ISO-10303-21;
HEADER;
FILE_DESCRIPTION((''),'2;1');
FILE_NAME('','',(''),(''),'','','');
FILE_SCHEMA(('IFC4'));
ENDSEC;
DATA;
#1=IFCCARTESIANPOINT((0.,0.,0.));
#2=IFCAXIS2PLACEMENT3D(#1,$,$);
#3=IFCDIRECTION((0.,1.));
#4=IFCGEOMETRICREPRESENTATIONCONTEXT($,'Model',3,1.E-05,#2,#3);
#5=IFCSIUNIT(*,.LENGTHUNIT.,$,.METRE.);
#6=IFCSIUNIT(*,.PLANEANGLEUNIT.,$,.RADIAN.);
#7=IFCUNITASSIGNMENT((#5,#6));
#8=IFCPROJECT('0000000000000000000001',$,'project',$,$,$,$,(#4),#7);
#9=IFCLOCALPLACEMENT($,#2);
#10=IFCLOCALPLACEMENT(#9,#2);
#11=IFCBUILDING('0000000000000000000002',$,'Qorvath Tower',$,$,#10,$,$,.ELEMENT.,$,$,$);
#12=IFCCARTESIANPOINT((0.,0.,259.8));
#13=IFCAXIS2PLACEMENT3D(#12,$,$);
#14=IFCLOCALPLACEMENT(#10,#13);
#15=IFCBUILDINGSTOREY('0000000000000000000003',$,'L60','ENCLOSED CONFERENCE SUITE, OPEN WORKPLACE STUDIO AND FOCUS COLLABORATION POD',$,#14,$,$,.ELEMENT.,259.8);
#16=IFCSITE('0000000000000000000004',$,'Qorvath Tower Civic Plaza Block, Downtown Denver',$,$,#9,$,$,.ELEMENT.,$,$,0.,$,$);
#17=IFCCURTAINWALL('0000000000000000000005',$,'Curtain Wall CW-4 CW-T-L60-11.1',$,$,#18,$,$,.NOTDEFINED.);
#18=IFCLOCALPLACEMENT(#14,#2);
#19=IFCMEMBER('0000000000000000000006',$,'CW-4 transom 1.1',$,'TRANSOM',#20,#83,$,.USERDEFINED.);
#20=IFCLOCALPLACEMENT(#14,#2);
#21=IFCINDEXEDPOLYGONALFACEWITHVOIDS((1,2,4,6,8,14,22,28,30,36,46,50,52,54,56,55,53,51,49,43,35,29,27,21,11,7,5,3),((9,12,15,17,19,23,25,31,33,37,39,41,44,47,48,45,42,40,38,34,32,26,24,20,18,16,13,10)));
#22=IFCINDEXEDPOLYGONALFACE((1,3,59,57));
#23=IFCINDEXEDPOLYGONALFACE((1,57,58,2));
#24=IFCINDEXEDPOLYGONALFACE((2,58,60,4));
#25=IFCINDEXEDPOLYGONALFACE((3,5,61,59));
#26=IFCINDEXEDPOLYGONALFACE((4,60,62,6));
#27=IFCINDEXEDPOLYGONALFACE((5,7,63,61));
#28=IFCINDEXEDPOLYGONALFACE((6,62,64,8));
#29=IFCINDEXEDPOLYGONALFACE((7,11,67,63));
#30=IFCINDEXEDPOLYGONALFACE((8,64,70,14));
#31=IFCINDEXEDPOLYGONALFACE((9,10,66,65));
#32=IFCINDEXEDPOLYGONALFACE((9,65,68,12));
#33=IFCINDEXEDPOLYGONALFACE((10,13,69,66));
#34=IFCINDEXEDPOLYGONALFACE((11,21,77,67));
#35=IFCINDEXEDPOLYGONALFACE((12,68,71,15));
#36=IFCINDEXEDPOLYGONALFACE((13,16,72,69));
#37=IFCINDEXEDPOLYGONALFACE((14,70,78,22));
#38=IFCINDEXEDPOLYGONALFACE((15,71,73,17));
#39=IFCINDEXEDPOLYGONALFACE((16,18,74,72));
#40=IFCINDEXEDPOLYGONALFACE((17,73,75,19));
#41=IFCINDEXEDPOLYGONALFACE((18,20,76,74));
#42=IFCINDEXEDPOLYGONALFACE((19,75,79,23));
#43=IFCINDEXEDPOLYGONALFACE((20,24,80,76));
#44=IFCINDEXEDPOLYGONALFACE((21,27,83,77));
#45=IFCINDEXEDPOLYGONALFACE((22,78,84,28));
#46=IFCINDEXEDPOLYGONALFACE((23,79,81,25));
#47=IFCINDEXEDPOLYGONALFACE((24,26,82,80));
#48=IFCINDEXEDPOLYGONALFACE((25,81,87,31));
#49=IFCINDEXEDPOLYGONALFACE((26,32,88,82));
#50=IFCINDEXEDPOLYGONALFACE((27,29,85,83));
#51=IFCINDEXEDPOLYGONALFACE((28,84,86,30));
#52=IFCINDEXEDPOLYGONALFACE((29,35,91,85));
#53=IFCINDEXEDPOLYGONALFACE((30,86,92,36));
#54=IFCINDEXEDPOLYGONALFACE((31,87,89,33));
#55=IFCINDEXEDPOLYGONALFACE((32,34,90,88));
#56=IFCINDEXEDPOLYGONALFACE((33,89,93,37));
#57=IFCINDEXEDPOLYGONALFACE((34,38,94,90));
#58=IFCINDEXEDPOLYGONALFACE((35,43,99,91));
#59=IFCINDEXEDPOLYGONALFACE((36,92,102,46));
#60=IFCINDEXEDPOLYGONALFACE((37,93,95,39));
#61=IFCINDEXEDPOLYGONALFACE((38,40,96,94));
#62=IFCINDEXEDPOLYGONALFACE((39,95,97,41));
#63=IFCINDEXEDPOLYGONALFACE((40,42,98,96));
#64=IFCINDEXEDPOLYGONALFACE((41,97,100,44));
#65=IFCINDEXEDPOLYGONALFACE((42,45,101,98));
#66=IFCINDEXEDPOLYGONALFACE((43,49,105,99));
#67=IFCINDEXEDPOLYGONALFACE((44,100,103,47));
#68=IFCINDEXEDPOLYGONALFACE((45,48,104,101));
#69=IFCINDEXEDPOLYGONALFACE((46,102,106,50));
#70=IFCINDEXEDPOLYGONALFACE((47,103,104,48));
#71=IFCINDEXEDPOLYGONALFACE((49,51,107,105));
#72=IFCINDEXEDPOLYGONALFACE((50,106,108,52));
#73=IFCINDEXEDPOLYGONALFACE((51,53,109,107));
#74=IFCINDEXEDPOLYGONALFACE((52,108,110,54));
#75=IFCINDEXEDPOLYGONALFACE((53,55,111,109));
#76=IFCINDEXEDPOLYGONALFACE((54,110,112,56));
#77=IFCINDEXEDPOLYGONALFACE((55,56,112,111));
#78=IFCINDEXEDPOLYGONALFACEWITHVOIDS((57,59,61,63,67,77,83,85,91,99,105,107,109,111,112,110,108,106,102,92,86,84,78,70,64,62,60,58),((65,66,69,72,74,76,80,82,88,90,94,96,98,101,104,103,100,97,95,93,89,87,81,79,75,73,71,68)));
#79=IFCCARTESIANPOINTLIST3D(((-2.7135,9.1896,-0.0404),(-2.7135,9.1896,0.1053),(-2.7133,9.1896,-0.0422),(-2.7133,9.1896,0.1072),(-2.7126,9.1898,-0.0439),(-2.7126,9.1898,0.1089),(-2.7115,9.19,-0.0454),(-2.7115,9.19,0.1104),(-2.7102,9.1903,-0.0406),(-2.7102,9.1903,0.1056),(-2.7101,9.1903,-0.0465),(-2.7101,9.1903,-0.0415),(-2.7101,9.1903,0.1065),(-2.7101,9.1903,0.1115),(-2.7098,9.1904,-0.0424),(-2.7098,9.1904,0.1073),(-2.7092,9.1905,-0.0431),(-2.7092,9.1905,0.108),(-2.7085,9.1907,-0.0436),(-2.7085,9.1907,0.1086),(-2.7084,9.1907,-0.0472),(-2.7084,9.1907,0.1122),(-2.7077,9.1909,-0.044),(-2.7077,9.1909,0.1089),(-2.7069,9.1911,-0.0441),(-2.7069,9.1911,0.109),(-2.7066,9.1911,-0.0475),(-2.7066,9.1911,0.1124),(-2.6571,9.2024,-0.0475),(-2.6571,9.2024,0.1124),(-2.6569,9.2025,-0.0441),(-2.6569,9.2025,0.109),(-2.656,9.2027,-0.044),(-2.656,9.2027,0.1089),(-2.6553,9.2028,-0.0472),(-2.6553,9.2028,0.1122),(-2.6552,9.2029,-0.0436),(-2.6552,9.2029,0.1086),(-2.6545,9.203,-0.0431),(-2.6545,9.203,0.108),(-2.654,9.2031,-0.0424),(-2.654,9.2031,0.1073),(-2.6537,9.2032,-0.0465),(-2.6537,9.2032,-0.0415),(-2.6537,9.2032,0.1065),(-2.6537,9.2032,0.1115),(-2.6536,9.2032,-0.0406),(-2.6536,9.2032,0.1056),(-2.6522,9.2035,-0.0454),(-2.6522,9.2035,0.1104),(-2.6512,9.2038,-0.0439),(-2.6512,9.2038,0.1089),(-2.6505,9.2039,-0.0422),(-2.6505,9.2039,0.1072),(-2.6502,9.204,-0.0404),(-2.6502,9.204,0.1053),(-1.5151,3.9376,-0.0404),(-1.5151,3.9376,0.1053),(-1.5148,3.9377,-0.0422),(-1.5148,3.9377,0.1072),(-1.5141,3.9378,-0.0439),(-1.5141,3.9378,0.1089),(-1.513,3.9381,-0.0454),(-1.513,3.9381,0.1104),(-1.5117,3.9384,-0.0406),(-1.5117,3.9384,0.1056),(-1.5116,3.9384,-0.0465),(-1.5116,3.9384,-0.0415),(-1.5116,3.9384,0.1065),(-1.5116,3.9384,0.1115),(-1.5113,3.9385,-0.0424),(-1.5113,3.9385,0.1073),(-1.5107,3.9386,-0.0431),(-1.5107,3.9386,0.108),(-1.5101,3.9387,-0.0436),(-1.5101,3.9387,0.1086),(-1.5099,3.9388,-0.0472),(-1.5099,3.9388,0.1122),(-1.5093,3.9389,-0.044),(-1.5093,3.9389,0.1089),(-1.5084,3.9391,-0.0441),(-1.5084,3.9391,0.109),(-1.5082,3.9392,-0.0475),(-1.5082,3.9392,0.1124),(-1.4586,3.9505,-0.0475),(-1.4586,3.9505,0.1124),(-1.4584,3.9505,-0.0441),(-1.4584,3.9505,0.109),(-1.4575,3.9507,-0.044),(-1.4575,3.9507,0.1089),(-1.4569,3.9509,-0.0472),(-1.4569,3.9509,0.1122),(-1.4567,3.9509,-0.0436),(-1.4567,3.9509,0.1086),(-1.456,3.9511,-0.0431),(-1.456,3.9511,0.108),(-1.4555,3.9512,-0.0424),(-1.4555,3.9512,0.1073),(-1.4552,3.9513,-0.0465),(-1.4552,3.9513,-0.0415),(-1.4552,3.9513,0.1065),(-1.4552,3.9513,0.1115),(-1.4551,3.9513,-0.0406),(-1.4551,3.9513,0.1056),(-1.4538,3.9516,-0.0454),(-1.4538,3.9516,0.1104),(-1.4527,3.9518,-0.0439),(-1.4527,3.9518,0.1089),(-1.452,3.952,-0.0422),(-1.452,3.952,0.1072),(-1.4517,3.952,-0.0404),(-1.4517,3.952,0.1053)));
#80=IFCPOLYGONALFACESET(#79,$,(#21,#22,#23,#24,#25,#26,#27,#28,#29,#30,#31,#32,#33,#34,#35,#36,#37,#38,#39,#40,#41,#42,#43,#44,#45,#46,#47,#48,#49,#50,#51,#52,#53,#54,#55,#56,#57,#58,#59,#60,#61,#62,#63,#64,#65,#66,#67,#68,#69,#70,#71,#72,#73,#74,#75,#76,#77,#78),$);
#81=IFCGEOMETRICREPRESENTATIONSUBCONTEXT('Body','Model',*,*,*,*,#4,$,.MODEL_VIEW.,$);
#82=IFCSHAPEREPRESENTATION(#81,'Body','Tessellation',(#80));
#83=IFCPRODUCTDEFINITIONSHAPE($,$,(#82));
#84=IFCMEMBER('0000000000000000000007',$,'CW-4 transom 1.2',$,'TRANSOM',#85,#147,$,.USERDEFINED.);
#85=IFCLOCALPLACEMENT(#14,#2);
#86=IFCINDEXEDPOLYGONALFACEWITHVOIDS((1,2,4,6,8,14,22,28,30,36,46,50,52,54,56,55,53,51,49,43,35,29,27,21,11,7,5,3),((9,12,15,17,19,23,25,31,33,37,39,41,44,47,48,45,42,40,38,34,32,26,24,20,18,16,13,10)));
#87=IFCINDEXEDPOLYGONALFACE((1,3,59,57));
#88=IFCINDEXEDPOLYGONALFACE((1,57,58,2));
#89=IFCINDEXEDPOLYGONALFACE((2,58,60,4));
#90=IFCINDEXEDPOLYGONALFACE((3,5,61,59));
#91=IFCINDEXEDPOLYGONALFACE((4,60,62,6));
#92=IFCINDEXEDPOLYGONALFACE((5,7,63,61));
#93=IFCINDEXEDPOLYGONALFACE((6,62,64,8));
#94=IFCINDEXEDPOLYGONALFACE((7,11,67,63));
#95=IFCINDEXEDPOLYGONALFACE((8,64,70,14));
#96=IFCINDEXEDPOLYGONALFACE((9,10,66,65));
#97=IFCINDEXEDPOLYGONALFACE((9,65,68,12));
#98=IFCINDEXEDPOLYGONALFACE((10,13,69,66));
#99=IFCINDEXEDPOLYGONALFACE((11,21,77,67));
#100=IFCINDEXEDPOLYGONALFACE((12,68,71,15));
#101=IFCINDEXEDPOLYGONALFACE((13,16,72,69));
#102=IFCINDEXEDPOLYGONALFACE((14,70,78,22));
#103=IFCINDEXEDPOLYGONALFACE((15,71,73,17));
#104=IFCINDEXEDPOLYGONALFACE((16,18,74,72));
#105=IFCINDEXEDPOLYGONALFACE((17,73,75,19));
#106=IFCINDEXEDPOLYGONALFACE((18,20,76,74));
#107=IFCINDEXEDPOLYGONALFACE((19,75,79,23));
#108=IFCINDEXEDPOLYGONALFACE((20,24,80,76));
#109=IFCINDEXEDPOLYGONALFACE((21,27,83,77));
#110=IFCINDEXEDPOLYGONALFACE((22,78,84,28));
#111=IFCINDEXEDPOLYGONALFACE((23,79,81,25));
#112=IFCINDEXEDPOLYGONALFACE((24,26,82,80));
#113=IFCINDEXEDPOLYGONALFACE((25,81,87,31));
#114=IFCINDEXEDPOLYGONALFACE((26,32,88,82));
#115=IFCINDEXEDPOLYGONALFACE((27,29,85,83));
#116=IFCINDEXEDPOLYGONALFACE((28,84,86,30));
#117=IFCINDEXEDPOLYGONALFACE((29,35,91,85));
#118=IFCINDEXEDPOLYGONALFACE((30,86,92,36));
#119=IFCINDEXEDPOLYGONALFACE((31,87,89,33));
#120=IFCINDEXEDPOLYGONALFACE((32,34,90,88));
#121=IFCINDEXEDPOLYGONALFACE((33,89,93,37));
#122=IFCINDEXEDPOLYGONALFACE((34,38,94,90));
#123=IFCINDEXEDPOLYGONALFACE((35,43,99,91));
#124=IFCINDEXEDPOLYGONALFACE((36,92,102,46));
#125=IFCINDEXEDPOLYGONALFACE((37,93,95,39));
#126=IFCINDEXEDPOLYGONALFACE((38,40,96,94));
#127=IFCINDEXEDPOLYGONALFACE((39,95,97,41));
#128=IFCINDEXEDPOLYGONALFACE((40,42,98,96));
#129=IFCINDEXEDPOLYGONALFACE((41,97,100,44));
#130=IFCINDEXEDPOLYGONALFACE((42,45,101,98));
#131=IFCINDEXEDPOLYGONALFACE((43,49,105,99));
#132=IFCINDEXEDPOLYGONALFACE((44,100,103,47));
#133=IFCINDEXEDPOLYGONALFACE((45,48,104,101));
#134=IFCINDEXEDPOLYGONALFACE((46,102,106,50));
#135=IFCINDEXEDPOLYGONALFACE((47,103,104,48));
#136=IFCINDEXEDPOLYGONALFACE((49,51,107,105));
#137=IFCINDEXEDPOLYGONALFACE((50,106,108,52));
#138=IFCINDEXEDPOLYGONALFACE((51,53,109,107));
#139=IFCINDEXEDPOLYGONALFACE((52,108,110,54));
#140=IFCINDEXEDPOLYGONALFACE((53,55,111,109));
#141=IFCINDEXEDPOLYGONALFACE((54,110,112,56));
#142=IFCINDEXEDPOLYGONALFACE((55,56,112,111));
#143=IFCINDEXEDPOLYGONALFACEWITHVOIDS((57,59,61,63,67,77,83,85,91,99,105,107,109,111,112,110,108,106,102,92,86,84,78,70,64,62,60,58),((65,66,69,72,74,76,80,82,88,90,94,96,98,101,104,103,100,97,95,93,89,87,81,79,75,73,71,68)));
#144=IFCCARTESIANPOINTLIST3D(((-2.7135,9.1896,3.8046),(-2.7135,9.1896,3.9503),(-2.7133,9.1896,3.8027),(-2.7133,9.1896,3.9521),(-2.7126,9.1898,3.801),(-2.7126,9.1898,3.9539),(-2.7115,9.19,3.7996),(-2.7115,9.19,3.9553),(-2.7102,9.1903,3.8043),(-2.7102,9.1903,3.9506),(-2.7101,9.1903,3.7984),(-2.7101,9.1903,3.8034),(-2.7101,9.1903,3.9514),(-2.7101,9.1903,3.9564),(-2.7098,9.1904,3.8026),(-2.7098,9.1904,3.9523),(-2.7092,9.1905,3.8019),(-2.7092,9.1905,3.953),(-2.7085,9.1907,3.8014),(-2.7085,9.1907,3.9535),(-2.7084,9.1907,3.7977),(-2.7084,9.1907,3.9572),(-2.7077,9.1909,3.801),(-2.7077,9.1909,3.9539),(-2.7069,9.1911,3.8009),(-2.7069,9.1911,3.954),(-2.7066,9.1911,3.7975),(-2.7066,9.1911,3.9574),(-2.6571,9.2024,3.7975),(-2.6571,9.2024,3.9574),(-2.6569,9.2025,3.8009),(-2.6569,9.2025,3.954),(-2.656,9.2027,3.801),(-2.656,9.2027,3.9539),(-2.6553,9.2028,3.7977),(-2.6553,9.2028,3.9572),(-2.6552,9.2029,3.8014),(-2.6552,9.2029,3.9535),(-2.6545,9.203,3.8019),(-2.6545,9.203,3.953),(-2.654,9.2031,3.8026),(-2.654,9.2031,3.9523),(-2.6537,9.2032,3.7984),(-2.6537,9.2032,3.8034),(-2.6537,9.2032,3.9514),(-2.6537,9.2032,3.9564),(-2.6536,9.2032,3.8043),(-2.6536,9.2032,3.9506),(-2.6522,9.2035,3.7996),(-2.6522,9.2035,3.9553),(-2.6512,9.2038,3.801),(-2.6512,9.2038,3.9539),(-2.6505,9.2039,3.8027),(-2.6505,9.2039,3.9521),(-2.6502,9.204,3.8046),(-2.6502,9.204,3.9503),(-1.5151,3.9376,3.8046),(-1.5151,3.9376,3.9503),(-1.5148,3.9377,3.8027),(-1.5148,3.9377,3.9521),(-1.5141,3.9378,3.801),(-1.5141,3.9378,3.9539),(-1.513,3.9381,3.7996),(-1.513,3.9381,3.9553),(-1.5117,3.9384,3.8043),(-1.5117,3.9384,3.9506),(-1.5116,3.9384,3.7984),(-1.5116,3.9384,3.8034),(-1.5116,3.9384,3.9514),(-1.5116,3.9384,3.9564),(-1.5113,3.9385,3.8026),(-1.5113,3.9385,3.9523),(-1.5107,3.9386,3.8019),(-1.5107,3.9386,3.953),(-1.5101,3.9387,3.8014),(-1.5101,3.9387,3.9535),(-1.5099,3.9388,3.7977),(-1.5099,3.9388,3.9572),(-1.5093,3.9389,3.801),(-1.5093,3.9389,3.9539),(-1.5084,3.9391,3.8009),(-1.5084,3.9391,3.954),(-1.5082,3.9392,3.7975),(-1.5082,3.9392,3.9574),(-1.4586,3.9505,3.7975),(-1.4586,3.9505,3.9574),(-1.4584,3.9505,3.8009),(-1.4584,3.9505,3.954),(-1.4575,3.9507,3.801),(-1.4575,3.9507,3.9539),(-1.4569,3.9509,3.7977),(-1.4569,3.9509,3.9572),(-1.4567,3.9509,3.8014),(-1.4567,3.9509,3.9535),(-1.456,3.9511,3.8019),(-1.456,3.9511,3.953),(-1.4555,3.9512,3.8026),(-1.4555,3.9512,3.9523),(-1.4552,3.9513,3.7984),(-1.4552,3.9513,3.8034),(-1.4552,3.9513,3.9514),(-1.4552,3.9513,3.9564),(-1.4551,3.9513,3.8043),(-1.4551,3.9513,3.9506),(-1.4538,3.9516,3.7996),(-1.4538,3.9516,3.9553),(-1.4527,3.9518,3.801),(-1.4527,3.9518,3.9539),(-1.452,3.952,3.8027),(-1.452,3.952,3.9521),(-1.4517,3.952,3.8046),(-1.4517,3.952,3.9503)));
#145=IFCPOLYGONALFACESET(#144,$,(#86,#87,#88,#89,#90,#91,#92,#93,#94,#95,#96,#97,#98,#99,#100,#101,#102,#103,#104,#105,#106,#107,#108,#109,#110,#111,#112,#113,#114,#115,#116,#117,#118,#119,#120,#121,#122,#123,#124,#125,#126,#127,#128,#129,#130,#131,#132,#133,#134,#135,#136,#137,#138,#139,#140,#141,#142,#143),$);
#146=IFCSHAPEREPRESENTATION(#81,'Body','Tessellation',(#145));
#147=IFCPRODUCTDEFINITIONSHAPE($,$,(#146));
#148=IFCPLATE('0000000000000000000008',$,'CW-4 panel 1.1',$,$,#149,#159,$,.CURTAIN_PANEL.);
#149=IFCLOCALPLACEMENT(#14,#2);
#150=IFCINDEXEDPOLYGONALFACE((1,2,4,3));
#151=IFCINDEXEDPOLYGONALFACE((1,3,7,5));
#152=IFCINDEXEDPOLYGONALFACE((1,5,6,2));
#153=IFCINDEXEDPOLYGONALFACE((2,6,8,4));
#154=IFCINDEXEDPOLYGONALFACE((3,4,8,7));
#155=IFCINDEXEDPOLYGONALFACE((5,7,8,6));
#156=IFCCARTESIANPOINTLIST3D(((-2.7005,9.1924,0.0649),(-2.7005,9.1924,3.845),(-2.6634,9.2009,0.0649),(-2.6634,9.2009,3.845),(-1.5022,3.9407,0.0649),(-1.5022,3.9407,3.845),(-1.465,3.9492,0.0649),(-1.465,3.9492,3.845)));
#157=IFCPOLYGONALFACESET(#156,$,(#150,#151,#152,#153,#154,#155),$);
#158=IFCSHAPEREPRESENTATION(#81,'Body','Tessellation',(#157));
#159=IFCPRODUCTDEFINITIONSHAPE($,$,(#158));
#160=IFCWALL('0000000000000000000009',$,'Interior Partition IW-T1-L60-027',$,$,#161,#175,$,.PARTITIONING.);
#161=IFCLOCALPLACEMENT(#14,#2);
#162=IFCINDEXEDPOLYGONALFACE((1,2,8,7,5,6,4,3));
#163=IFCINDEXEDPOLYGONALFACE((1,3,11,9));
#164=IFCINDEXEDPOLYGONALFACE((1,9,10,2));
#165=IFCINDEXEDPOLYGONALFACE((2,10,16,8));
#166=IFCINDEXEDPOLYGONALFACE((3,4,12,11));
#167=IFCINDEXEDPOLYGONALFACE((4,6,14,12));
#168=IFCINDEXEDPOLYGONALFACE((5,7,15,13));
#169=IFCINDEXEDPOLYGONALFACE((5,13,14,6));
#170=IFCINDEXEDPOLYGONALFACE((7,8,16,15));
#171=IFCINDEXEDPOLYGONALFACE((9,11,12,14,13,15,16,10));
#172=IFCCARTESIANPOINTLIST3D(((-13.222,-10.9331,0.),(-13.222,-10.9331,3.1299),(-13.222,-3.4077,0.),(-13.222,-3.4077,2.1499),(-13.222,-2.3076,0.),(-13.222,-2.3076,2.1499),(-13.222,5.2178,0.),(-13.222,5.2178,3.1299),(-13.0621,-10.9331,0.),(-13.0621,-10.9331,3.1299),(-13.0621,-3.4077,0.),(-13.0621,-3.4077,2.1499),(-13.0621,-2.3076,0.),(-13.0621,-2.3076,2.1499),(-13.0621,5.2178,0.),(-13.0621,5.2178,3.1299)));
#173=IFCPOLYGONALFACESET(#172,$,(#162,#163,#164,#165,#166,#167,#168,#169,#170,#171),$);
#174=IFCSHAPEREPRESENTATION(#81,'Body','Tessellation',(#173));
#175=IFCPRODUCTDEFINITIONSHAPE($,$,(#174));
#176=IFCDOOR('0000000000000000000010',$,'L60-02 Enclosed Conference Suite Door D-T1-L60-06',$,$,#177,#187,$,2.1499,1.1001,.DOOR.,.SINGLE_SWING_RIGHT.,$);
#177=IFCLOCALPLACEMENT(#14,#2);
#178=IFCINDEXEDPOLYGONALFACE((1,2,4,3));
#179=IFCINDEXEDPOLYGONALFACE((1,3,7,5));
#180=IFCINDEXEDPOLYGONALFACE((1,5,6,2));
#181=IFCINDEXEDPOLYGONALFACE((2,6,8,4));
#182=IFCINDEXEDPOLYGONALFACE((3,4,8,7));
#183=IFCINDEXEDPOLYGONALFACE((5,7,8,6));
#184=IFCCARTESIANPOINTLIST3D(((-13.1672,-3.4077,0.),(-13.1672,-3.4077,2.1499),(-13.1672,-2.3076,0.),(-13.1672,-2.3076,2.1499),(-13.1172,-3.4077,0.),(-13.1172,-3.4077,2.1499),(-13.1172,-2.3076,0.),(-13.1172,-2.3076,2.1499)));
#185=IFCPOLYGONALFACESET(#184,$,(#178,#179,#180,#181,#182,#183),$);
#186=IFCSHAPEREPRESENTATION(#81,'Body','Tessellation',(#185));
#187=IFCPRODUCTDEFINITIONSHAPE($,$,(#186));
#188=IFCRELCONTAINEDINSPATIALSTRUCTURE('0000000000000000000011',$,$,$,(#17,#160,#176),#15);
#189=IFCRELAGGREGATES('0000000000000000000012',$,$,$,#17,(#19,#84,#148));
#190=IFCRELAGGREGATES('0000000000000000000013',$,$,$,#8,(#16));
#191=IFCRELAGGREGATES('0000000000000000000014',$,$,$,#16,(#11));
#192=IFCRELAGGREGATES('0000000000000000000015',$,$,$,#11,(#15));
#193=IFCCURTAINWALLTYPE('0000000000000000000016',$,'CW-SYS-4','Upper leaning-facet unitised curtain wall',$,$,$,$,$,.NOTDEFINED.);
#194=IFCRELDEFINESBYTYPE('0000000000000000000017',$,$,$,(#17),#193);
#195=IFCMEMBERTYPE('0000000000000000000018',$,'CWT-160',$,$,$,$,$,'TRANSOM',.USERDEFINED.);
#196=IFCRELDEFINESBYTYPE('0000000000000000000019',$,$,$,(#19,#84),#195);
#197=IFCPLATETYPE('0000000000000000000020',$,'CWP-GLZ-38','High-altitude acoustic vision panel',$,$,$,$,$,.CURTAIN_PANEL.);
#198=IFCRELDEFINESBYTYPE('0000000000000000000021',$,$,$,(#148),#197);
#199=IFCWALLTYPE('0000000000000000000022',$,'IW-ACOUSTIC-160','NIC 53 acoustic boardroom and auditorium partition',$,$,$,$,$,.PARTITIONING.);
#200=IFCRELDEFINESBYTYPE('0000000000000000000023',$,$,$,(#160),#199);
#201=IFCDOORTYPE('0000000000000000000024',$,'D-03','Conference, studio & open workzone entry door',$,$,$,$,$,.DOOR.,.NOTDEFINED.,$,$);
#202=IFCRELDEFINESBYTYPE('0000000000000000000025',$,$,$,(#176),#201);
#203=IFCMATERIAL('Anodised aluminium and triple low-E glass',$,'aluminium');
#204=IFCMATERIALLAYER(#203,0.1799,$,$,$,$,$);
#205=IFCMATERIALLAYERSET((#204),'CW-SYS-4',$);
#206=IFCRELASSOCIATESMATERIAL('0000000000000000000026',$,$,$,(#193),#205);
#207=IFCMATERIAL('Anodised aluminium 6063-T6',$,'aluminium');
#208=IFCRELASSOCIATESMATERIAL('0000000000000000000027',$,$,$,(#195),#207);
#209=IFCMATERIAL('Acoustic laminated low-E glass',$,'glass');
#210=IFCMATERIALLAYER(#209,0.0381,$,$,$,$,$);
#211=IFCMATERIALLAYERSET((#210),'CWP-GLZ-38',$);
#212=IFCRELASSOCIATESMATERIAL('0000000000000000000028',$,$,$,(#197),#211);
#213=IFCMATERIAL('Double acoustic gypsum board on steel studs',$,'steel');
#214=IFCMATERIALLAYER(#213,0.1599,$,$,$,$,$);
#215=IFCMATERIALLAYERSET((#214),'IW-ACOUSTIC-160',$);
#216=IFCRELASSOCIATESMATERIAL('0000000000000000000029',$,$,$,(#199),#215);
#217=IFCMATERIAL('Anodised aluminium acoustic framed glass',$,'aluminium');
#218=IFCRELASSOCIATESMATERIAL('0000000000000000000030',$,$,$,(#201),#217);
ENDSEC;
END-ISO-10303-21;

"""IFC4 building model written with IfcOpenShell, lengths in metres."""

from ifc_helpers import new_model, si_unit, direction, frame, frame_2d, origin, origin_2d, place, context, subcontext, project, spatial, rectangle, hollow_rectangle, extrude, material, layer, layer_set, material_profile, profile_set, type_object, element, fill, aggregate, save


model = new_model("IFC4")

# Units and contexts
model_context = context("Model", 3, precision=1e-05, world=origin(), true_north=direction((0.0, 1.0)))
body_context = subcontext(model_context, "Body", "Model", "MODEL_VIEW")
ifc_project = project(units=[si_unit("LENGTHUNIT", "METRE"), si_unit("PLANEANGLEUNIT", "RADIAN")], contexts=[model_context])

# Site, building, storey
site_placement = place(None, origin())
site = spatial("IfcSite", under=ifc_project, at=site_placement, Name="Qorvath Tower Civic Plaza Block, Downtown Denver", CompositionType="ELEMENT", RefElevation=0.0)
building_placement = place(site_placement, origin())
building = spatial("IfcBuilding", under=site, at=building_placement, Name="Qorvath Tower", CompositionType="ELEMENT")
storey_placement = place(building_placement, frame((0.0, 0.0, 259.8)))
storey = spatial("IfcBuildingStorey", under=building, at=storey_placement, Name="L60", Description="ENCLOSED CONFERENCE SUITE, OPEN WORKPLACE STUDIO AND FOCUS COLLABORATION POD", CompositionType="ELEMENT", Elevation=259.8)

# Shared definitions
ifc_material_1 = material(Name="Anodised aluminium and triple low-E glass", Category="aluminium")
ifc_layer_1 = layer(ifc_material_1, 0.1799)
ifc_layer_set_1 = layer_set([ifc_layer_1], Name="CW-SYS-4")
curtain_wall_type = type_object("IfcCurtainWallType", Name="CW-SYS-4", Description="Upper leaning-facet unitised curtain wall", PredefinedType="NOTDEFINED", material=ifc_layer_set_1)

# Curtain wall, members, plate
curtain_wall_1_placement = place(storey_placement, origin())
curtain_wall_1 = element("IfcCurtainWall", 1, at=curtain_wall_1_placement, inside=storey, type_object=curtain_wall_type, Name="Curtain Wall CW-4 CW-T-L60-11.1", PredefinedType="NOTDEFINED")
ifc_material_2 = material(Name="Anodised aluminium 6063-T6", Category="aluminium")
ifc_material_profile_1 = material_profile(ifc_material_2, hollow_rectangle(XDim=0.0649, YDim=0.1599, WallThickness=0.0034, InnerFilletRadius=0.0034, OuterFilletRadius=0.0071, at=origin_2d()), Name="CWT 160x65")
ifc_profile_set_1 = profile_set([ifc_material_profile_1], Name="Anodised aluminium 6063-T6")
member_type_1 = type_object("IfcMemberType", Name="CWT-160", ElementType="TRANSOM", PredefinedType="USERDEFINED", material=ifc_profile_set_1)
member_1_placement = place(storey_placement, frame((-1.4834, 3.9448, 0.0325), z_axis=(-0.222479, 0.974937, 0.0), x_axis=(-0.974937, -0.222479, 0.0)))
member_1 = element("IfcMember", 2, at=member_1_placement, type_object=member_type_1, Name="CW-4 transom 1.1", ObjectType="TRANSOM", PredefinedType="USERDEFINED", context=body_context, shape_type="SweptSolid", body=[
    extrude(hollow_rectangle(XDim=0.0649, YDim=0.1599, WallThickness=0.0034, InnerFilletRadius=0.0034, OuterFilletRadius=0.0071, at=origin_2d()), origin(), (0.0, 0.0, 1.0), 5.387),
])
member_2_placement = place(storey_placement, frame((-1.4834, 3.9448, 3.8774), z_axis=(-0.222479, 0.974937, 0.0), x_axis=(-0.974937, -0.222479, 0.0)))
member_2 = element("IfcMember", 3, at=member_2_placement, type_object=member_type_1, Name="CW-4 transom 1.2", ObjectType="TRANSOM", PredefinedType="USERDEFINED", context=body_context, shape_type="SweptSolid", body=[
    extrude(hollow_rectangle(XDim=0.0649, YDim=0.1599, WallThickness=0.0034, InnerFilletRadius=0.0034, OuterFilletRadius=0.0071, at=origin_2d()), origin(), (0.0, 0.0, 1.0), 5.387),
])
ifc_material_3 = material(Name="Acoustic laminated low-E glass", Category="glass")
ifc_layer_2 = layer(ifc_material_3, 0.0381)
ifc_layer_set_2 = layer_set([ifc_layer_2], Name="CWP-GLZ-38")
plate_type = type_object("IfcPlateType", Name="CWP-GLZ-38", Description="High-altitude acoustic vision panel", PredefinedType="CURTAIN_PANEL", material=ifc_layer_set_2)
plate_placement = place(storey_placement, frame((-2.0828, 6.5708, 0.0649), z_axis=(0.0, 0.0, 1.0), x_axis=(-0.222459, 0.974942, 0.0)))
plate = element("IfcPlate", 4, at=plate_placement, type_object=plate_type, Name="CW-4 panel 1.1", PredefinedType="CURTAIN_PANEL", context=body_context, shape_type="SweptSolid", body=[
    extrude(rectangle(XDim=5.3867, YDim=0.0381, at=origin_2d()), origin(), (0.0, 0.0, 1.0), 3.78),
])
aggregate(curtain_wall_1, [member_1, member_2, plate])

# Wall, opening, door
ifc_material_4 = material(Name="Double acoustic gypsum board on steel studs", Category="steel")
ifc_layer_3 = layer(ifc_material_4, 0.1599)
ifc_layer_set_3 = layer_set([ifc_layer_3], Name="IW-ACOUSTIC-160")
wall_type_1 = type_object("IfcWallType", Name="IW-ACOUSTIC-160", Description="NIC 53 acoustic boardroom and auditorium partition", PredefinedType="PARTITIONING", material=ifc_layer_set_3)
wall_1_placement = place(storey_placement, frame((-13.1421, 5.2178, 0.0), z_axis=(0.0, 0.0, 1.0), x_axis=(0.0, -1.0, 0.0)))
wall_1 = element("IfcWall", 5, at=wall_1_placement, inside=storey, type_object=wall_type_1, Name="Interior Partition IW-T1-L60-027", PredefinedType="PARTITIONING", context=body_context, shape_type="SweptSolid", body=[
    extrude(rectangle(XDim=16.1509, YDim=0.1599, at=frame_2d((8.0754, 0.0))), origin(), (0.0, 0.0, 1.0), 3.1299),
])
opening_1_placement = place(wall_1_placement, frame((7.5254, 0.0, 0.0)))
opening_1 = element("IfcOpeningElement", 6, at=opening_1_placement, cuts=wall_1, PredefinedType="OPENING", context=body_context, shape_type="SweptSolid", body=[
    extrude(rectangle(XDim=1.1001, YDim=2.1499, at=frame_2d((0.55, 1.075))), frame((0.0, 0.0898, 0.0), z_axis=(0.0, -1.0, 0.0), x_axis=(1.0, 0.0, 0.0)), (0.0, 0.0, 1.0), 0.1799),
])
ifc_material_5 = material(Name="Anodised aluminium acoustic framed glass", Category="aluminium")
door_type_1 = type_object("IfcDoorType", Name="D-03", Description="Conference, studio & open workzone entry door", OperationType="NOTDEFINED", PredefinedType="DOOR", material=ifc_material_5)
door_1_placement = place(opening_1_placement, origin())
door_1 = element("IfcDoor", 7, at=door_1_placement, inside=storey, type_object=door_type_1, Name="L60-02 Enclosed Conference Suite Door D-T1-L60-06", OperationType="SINGLE_SWING_RIGHT", OverallHeight=2.1499, OverallWidth=1.1001, PredefinedType="DOOR", context=body_context, shape_type="SweptSolid", body=[
    extrude(rectangle(XDim=1.1001, YDim=2.1499, at=frame_2d((0.55, 1.075))), frame((0.0, 0.0249, 0.0), z_axis=(0.0, -1.0, 0.0), x_axis=(1.0, 0.0, 0.0)), (0.0, 0.0, 1.0), 0.05),
])
fill(opening_1, door_1)

save(model, "model.ifc")
